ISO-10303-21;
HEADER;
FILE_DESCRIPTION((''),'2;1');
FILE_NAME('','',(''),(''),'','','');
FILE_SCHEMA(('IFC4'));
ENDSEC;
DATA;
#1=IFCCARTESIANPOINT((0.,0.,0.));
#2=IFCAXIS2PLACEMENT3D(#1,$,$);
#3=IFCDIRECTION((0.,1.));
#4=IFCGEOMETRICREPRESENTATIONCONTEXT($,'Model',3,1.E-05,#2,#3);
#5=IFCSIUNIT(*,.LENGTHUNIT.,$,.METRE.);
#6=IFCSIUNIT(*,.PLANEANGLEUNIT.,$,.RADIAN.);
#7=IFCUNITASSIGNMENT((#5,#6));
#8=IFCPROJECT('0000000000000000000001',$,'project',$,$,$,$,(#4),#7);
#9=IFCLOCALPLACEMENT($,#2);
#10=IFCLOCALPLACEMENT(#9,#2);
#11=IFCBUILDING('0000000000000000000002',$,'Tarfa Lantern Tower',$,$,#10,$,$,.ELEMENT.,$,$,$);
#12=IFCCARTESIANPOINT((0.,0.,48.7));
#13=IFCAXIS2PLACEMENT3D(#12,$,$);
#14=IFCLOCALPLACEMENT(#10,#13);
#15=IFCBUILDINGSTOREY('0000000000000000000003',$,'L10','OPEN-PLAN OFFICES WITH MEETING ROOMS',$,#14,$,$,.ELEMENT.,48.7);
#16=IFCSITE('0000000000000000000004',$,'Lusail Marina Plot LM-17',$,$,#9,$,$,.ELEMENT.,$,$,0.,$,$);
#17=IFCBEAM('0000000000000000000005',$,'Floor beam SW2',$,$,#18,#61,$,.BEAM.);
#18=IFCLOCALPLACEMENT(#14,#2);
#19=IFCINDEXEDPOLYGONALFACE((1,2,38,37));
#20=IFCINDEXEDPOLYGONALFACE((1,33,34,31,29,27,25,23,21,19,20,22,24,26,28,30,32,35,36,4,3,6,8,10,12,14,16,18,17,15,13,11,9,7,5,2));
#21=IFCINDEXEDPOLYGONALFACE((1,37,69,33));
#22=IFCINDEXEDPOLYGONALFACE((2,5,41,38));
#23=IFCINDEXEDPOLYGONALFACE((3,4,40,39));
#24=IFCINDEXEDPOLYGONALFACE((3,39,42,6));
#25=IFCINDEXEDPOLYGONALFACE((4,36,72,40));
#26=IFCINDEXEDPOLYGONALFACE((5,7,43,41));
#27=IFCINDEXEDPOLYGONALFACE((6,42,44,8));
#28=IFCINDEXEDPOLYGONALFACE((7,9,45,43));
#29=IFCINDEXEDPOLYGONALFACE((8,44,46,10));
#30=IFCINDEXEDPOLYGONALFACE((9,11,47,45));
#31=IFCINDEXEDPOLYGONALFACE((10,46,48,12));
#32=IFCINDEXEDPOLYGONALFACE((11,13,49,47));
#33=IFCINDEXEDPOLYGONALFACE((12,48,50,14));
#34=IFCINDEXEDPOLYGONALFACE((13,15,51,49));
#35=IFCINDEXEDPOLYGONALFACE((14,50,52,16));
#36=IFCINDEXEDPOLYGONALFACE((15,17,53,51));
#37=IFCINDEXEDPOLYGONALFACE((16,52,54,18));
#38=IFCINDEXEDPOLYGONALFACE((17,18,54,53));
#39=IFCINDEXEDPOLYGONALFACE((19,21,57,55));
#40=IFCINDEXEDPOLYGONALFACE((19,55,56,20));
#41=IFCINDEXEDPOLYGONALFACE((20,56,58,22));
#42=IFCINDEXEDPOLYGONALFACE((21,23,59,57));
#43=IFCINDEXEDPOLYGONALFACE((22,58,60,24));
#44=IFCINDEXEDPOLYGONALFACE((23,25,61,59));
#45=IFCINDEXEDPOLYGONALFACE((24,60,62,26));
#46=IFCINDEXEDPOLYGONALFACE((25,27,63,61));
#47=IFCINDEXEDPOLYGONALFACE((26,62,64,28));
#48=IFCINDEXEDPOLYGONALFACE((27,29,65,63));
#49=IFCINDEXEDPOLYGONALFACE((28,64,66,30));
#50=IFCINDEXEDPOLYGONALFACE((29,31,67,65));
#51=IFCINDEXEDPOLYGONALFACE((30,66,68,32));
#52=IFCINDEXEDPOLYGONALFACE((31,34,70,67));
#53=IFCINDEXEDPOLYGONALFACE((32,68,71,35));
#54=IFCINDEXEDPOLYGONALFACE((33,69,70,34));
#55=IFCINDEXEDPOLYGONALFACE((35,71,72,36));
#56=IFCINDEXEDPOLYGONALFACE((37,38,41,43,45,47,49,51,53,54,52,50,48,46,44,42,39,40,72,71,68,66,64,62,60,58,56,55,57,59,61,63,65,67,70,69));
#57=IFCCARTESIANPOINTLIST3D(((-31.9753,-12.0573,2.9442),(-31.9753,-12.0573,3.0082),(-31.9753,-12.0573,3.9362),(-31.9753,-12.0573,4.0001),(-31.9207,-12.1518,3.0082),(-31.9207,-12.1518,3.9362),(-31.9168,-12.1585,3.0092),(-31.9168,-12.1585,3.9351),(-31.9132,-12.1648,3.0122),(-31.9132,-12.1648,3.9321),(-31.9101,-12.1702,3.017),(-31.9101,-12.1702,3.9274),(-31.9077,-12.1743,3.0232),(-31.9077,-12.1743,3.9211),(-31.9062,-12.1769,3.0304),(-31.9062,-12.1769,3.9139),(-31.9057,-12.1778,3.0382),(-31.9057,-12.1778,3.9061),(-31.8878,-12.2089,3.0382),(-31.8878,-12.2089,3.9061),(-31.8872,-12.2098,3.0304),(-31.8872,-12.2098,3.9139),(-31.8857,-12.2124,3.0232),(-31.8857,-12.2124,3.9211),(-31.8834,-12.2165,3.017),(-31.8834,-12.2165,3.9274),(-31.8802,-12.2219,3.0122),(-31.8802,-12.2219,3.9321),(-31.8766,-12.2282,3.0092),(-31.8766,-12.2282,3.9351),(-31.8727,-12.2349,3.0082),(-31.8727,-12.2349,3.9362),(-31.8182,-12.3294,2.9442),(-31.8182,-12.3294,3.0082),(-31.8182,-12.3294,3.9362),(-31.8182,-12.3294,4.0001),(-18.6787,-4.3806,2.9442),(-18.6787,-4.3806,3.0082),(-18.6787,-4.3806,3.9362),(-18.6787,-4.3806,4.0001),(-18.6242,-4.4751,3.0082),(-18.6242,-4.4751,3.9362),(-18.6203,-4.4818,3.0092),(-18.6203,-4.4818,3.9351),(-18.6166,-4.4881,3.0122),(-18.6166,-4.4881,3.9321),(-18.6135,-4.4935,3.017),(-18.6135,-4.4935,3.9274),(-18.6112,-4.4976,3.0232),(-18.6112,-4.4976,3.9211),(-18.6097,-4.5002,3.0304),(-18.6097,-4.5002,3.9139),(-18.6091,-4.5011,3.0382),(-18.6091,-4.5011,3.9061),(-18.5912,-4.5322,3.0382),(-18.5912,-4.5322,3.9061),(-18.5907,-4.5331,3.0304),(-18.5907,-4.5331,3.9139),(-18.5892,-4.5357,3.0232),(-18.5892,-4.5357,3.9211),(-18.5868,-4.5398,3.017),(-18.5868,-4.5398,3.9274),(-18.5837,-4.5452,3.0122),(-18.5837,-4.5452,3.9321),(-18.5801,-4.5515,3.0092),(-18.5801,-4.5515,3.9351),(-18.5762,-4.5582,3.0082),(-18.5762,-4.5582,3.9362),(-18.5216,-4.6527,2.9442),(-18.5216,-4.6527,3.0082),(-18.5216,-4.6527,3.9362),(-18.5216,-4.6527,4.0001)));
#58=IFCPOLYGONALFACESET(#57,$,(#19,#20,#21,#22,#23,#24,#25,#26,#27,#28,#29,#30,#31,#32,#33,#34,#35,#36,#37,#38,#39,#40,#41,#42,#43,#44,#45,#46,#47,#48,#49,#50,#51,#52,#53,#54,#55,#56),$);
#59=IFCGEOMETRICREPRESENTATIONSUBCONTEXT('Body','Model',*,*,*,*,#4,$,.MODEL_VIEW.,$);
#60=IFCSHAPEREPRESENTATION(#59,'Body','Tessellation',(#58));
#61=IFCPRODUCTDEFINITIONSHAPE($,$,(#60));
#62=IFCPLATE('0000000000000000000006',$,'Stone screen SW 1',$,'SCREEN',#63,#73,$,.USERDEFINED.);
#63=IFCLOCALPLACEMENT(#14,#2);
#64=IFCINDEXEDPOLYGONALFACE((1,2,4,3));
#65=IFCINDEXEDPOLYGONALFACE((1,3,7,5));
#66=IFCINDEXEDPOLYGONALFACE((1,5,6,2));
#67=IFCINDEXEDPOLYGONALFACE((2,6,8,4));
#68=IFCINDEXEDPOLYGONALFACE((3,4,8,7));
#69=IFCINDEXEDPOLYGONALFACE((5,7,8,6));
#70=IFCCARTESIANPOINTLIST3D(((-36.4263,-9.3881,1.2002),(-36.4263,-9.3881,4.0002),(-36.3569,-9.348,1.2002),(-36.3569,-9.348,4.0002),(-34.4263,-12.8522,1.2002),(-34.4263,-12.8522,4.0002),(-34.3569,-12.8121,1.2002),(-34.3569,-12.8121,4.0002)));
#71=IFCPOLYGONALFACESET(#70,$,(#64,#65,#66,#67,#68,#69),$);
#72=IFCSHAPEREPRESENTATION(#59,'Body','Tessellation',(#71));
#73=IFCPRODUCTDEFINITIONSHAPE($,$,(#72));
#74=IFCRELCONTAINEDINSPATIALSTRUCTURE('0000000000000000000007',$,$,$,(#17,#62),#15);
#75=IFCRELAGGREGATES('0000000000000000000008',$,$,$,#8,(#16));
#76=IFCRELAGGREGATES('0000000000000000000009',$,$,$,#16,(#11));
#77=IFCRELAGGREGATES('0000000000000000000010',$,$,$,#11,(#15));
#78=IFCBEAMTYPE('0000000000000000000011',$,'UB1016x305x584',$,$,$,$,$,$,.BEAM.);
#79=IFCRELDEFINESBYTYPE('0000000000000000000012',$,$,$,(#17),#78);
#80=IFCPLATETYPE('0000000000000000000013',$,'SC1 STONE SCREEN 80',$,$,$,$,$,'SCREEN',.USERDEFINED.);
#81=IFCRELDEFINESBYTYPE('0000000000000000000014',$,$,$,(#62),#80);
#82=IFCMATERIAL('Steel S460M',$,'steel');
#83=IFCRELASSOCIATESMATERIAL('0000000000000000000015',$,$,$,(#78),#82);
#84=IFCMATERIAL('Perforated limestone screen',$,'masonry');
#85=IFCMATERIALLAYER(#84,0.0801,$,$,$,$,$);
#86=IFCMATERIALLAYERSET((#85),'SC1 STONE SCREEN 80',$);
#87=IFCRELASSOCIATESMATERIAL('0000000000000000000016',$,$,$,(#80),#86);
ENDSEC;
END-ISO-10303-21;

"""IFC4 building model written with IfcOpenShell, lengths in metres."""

from ifc_helpers import new_model, si_unit, direction, frame, origin, origin_2d, place, context, subcontext, project, spatial, rectangle, i_section, extrude, material, layer, layer_set, material_profile, profile_set, type_object, element, save


model = new_model("IFC4")

# Units and contexts
model_context = context("Model", 3, precision=1e-05, world=origin(), true_north=direction((0.0, 1.0)))
body_context = subcontext(model_context, "Body", "Model", "MODEL_VIEW")
ifc_project = project(units=[si_unit("LENGTHUNIT", "METRE"), si_unit("PLANEANGLEUNIT", "RADIAN")], contexts=[model_context])

# Site, building, storey
site_placement = place(None, origin())
site = spatial("IfcSite", under=ifc_project, at=site_placement, Name="Lusail Marina Plot LM-17", CompositionType="ELEMENT", RefElevation=0.0)
building_placement = place(site_placement, origin())
building = spatial("IfcBuilding", under=site, at=building_placement, Name="Tarfa Lantern Tower", CompositionType="ELEMENT")
storey_placement = place(building_placement, frame((0.0, 0.0, 48.7)))
storey = spatial("IfcBuildingStorey", under=building, at=storey_placement, Name="L10", Description="OPEN-PLAN OFFICES WITH MEETING ROOMS", CompositionType="ELEMENT", Elevation=48.7)

# Beam
ifc_material_1 = material(Name="Steel S460M", Category="steel")
ifc_material_profile_1 = material_profile(ifc_material_1, i_section(OverallWidth=0.3142, OverallDepth=1.0559, WebThickness=0.0359, FlangeThickness=0.064, FilletRadius=0.03, at=origin_2d()), Name="UB1016x305x584")
ifc_profile_set_1 = profile_set([ifc_material_profile_1], Name="Steel S460M")
beam_type_1 = type_object("IfcBeamType", Name="UB1016x305x584", PredefinedType="BEAM", material=ifc_profile_set_1)
beam_1_placement = place(storey_placement, frame((-31.8967, -12.1934, 3.4722), z_axis=(0.866027, 0.499997, 0.0), x_axis=(-0.499997, 0.866027, 0.0)))
element("IfcBeam", 1, at=beam_1_placement, inside=storey, type_object=beam_type_1, Name="Floor beam SW2", PredefinedType="BEAM", context=body_context, shape_type="SweptSolid", body=[
    extrude(i_section(OverallWidth=0.3142, OverallDepth=1.0559, WebThickness=0.0359, FlangeThickness=0.064, FilletRadius=0.03, at=origin_2d()), origin(), (0.0, 0.0, 1.0), 15.3535),
])

# Plate
ifc_material_2 = material(Name="Perforated limestone screen", Category="masonry")
ifc_layer_1 = layer(ifc_material_2, 0.0801)
ifc_layer_set_1 = layer_set([ifc_layer_1], Name="SC1 STONE SCREEN 80")
plate_type = type_object("IfcPlateType", Name="SC1 STONE SCREEN 80", ElementType="SCREEN", PredefinedType="USERDEFINED", material=ifc_layer_set_1)
plate_placement = place(storey_placement, frame((-35.3916, -11.1001, 1.2002), z_axis=(0.0, 0.0, 1.0), x_axis=(0.5, -0.866025, 0.0)))
element("IfcPlate", 2, at=plate_placement, inside=storey, type_object=plate_type, Name="Stone screen SW 1", ObjectType="SCREEN", PredefinedType="USERDEFINED", context=body_context, shape_type="SweptSolid", body=[
    extrude(rectangle(XDim=4.0, YDim=0.0801, at=origin_2d()), origin(), (0.0, 0.0, 1.0), 2.8),
])

save(model, "model.ifc")
